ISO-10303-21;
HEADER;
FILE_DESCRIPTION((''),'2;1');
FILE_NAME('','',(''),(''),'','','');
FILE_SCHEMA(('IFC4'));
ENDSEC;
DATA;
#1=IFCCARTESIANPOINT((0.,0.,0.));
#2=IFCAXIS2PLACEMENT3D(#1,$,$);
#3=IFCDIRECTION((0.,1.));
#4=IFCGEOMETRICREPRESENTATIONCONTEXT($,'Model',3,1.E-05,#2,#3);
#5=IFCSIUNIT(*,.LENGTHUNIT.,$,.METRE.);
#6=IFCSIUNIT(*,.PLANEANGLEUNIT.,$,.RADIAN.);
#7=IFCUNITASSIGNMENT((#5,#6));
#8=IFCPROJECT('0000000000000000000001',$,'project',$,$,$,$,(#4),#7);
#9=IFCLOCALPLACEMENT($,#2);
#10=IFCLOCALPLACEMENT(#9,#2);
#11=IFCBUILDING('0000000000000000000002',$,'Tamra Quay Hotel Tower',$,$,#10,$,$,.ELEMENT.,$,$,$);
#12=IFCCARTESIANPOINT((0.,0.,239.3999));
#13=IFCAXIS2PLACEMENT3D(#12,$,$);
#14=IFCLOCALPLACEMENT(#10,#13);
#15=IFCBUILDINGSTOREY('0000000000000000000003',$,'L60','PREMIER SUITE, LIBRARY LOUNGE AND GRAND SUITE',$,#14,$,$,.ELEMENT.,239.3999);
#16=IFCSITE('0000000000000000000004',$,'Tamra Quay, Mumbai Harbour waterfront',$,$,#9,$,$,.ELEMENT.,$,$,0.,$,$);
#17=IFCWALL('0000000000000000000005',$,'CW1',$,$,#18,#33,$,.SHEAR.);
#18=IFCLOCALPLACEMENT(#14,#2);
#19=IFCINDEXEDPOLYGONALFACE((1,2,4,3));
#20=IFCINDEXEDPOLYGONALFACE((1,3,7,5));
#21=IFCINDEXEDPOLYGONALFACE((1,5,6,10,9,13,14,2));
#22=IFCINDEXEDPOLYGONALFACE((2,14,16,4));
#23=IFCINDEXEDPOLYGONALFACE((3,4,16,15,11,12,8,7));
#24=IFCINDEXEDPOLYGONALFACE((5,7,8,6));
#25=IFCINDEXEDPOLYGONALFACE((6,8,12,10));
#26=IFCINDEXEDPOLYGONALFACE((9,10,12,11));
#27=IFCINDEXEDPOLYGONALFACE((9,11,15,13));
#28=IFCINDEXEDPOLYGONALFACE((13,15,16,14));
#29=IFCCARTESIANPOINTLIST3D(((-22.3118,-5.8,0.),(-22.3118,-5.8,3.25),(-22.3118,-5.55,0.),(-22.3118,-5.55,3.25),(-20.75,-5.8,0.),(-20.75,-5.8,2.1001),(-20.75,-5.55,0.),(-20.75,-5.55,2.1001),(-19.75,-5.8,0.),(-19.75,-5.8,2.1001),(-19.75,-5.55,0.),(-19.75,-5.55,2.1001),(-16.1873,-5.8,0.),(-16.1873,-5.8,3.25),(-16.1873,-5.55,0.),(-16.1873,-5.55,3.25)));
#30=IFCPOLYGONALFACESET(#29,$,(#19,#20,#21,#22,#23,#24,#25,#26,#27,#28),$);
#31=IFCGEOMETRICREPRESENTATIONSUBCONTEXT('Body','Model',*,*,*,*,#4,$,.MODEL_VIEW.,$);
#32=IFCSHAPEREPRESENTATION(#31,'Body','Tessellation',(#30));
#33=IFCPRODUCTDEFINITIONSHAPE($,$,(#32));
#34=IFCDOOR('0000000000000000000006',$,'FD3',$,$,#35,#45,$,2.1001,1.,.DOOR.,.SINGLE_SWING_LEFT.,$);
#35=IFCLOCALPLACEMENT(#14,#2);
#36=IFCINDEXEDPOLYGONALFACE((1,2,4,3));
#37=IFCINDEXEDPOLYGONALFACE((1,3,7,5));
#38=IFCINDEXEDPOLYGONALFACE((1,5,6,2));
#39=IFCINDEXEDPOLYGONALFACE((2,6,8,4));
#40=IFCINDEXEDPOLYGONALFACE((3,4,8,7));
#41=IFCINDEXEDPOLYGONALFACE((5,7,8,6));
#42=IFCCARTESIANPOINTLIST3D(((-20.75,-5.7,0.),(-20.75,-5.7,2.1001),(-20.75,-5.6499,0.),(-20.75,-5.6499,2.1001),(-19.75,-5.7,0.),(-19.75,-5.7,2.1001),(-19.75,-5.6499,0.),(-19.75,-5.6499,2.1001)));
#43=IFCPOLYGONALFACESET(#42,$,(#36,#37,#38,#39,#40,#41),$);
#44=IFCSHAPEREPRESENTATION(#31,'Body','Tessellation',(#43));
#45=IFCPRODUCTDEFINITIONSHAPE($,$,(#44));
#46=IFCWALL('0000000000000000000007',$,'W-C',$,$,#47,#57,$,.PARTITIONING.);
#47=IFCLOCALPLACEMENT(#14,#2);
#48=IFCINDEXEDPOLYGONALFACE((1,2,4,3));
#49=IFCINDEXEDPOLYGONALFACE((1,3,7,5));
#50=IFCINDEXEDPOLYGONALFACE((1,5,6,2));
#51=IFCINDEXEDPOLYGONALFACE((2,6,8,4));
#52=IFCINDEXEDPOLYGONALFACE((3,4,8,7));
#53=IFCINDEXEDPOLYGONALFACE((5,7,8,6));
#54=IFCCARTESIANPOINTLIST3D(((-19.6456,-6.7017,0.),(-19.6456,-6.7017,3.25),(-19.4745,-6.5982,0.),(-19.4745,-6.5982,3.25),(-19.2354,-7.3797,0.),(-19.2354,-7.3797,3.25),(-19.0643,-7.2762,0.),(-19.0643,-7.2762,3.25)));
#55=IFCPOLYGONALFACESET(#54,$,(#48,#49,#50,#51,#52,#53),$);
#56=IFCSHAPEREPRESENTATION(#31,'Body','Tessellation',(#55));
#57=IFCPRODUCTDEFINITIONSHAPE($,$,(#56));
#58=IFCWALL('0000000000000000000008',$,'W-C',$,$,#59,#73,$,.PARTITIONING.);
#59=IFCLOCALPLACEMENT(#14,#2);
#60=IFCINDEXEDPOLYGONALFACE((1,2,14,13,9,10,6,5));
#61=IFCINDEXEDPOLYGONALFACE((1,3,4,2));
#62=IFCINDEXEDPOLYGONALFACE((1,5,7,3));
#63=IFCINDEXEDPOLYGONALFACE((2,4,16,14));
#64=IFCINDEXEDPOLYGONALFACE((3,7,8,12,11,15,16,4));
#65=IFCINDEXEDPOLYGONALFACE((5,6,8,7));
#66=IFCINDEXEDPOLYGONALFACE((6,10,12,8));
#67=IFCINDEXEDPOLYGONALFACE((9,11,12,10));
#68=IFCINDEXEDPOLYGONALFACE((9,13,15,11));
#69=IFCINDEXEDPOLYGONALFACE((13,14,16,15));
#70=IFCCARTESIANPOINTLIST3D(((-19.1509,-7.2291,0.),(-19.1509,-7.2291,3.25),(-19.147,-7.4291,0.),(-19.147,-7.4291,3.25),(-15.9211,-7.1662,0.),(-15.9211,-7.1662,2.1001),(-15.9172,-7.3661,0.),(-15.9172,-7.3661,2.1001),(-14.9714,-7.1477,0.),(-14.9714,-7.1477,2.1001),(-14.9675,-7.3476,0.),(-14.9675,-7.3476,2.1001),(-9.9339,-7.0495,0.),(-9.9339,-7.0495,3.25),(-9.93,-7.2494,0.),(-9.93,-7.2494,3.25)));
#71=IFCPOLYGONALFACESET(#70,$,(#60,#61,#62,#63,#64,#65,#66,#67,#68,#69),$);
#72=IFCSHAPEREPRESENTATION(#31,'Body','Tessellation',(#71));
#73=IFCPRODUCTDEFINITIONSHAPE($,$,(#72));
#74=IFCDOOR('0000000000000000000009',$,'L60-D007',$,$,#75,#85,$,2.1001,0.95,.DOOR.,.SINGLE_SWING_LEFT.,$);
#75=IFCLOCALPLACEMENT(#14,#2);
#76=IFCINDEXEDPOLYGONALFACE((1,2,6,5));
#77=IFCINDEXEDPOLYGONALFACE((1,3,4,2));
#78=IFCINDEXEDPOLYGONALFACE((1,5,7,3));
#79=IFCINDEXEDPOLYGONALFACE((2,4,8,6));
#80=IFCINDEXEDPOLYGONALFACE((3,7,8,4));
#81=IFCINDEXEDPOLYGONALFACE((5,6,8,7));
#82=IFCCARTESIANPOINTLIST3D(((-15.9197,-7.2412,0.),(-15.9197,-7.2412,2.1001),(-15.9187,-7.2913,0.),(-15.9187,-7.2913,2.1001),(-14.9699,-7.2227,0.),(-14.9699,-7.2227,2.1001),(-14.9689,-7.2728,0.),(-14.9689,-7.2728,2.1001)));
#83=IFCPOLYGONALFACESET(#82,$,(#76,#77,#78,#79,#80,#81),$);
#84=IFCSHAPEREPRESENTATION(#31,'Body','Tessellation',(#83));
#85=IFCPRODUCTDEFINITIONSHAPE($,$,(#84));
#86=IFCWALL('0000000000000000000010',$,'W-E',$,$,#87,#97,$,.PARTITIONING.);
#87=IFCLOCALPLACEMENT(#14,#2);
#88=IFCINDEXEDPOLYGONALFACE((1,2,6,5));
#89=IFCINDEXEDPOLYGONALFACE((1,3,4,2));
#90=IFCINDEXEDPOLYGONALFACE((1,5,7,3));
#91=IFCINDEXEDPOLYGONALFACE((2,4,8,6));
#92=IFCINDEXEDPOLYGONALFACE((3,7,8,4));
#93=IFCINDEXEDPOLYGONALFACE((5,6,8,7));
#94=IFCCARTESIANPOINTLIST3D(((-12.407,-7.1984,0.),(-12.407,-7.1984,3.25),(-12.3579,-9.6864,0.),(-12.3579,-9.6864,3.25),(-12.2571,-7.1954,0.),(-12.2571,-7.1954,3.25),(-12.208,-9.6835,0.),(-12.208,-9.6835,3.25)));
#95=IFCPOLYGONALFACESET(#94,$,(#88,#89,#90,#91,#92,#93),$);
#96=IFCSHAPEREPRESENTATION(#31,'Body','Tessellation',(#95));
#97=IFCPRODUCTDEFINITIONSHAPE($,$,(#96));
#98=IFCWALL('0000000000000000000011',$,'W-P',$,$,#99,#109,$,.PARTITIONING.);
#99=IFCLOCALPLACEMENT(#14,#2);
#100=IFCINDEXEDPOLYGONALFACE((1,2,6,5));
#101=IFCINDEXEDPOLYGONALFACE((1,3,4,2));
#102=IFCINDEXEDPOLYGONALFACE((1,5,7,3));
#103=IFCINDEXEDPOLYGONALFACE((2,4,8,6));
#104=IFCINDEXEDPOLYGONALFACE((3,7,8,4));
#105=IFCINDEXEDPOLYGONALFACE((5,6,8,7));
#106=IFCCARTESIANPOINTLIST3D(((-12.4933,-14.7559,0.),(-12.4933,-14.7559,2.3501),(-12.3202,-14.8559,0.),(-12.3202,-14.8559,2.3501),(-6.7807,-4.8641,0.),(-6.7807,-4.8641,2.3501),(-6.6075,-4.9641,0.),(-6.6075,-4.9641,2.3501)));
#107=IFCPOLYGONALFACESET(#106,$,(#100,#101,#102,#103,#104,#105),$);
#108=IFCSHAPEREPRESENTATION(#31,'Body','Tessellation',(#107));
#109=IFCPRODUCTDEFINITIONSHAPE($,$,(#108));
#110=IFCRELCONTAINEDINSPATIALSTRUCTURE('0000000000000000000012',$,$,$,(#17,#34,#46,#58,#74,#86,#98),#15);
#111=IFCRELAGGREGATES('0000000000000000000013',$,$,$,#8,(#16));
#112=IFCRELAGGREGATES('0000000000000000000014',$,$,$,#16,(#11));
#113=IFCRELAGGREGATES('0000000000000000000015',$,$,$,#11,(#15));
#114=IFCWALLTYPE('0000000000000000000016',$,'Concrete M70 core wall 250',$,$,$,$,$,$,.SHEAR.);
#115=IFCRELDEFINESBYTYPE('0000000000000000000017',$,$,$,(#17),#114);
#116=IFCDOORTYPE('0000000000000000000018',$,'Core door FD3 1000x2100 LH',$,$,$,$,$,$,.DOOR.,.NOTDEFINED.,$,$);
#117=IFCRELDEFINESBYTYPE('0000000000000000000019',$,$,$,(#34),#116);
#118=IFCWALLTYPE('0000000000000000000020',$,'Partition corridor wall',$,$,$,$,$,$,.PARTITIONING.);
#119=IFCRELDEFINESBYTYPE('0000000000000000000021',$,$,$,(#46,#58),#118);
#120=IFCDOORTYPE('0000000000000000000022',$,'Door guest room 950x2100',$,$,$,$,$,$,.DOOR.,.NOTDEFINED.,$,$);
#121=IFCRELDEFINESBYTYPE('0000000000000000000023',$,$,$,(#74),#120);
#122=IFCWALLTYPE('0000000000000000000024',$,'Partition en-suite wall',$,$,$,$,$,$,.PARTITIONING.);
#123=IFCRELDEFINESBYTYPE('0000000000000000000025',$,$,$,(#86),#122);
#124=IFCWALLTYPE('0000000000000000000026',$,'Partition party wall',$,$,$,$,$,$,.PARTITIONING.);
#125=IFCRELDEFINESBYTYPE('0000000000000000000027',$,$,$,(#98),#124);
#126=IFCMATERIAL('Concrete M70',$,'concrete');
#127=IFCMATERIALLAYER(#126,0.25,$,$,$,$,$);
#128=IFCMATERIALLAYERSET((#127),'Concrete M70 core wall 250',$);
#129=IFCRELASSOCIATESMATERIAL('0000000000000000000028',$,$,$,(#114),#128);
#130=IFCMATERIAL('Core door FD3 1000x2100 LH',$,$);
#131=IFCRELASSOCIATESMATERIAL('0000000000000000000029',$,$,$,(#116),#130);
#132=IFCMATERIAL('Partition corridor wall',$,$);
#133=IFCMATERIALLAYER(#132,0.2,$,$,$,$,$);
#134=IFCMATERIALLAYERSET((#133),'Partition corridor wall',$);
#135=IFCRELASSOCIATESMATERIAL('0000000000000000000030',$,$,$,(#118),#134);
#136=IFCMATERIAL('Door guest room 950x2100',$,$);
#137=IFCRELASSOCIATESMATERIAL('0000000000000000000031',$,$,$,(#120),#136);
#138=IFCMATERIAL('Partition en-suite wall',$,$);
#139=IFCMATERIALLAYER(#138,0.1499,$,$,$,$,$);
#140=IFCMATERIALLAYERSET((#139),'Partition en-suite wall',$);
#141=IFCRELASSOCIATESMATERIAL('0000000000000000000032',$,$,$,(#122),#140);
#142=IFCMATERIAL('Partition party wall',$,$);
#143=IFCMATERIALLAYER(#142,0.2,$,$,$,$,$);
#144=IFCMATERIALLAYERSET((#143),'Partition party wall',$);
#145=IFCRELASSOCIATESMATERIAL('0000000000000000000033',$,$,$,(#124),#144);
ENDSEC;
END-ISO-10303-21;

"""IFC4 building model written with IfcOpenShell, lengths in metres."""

from ifc_helpers import new_model, si_unit, direction, frame, frame_2d, origin, place, context, subcontext, project, spatial, rectangle, extrude, material, layer, layer_set, type_object, element, fill, save


model = new_model("IFC4")

# Units and contexts
model_context = context("Model", 3, precision=1e-05, world=origin(), true_north=direction((0.0, 1.0)))
body_context = subcontext(model_context, "Body", "Model", "MODEL_VIEW")
ifc_project = project(units=[si_unit("LENGTHUNIT", "METRE"), si_unit("PLANEANGLEUNIT", "RADIAN")], contexts=[model_context])

# Site, building, storey
site_placement = place(None, origin())
site = spatial("IfcSite", under=ifc_project, at=site_placement, Name="Tamra Quay, Mumbai Harbour waterfront", CompositionType="ELEMENT", RefElevation=0.0)
building_placement = place(site_placement, origin())
building = spatial("IfcBuilding", under=site, at=building_placement, Name="Tamra Quay Hotel Tower", CompositionType="ELEMENT")
storey_placement = place(building_placement, frame((0.0, 0.0, 239.3999)))
storey = spatial("IfcBuildingStorey", under=building, at=storey_placement, Name="L60", Description="PREMIER SUITE, LIBRARY LOUNGE AND GRAND SUITE", CompositionType="ELEMENT", Elevation=239.3999)

# Shared definitions
ifc_material_1 = material(Name="Concrete M70", Category="concrete")

# Wall, opening, door
ifc_layer_1 = layer(ifc_material_1, 0.25)
ifc_layer_set_1 = layer_set([ifc_layer_1], Name="Concrete M70 core wall 250")
wall_type_1 = type_object("IfcWallType", Name="Concrete M70 core wall 250", PredefinedType="SHEAR", material=ifc_layer_set_1)
wall_1_placement = place(storey_placement, frame((-16.1873, -5.675, 0.0), z_axis=(0.0, 0.0, 1.0), x_axis=(-1.0, 0.0, 0.0)))
wall_1 = element("IfcWall", 1, at=wall_1_placement, inside=storey, type_object=wall_type_1, Name="CW1", PredefinedType="SHEAR", context=body_context, shape_type="SweptSolid", body=[
    extrude(rectangle(XDim=6.1245, YDim=0.25, at=frame_2d((3.0623, 0.0))), origin(), (0.0, 0.0, 1.0), 3.25),
])
opening_1_placement = place(wall_1_placement, frame((3.5627, 0.0, 0.0)))
opening_1 = element("IfcOpeningElement", 2, at=opening_1_placement, cuts=wall_1, PredefinedType="OPENING", context=body_context, shape_type="SweptSolid", body=[
    extrude(rectangle(XDim=1.0, YDim=2.1001, at=frame_2d((0.5, 1.05))), frame((0.0, 0.135, 0.0), z_axis=(0.0, -1.0, 0.0), x_axis=(1.0, 0.0, 0.0)), (0.0, 0.0, 1.0), 0.27),
])
ifc_material_2 = material(Name="Core door FD3 1000x2100 LH")
door_type_1 = type_object("IfcDoorType", Name="Core door FD3 1000x2100 LH", OperationType="NOTDEFINED", PredefinedType="DOOR", material=ifc_material_2)
door_1_placement = place(opening_1_placement, origin())
door_1 = element("IfcDoor", 3, at=door_1_placement, inside=storey, type_object=door_type_1, Name="FD3", OperationType="SINGLE_SWING_LEFT", OverallHeight=2.1001, OverallWidth=1.0, PredefinedType="DOOR", context=body_context, shape_type="SweptSolid", body=[
    extrude(rectangle(XDim=1.0, YDim=2.1001, at=frame_2d((0.5, 1.05))), frame((0.0, 0.0249, 0.0), z_axis=(0.0, -1.0, 0.0), x_axis=(1.0, 0.0, 0.0)), (0.0, 0.0, 1.0), 0.05),
])
fill(opening_1, door_1)

# Wall
ifc_material_3 = material(Name="Partition corridor wall")
ifc_layer_2 = layer(ifc_material_3, 0.2)
ifc_layer_set_2 = layer_set([ifc_layer_2], Name="Partition corridor wall")
wall_type_2 = type_object("IfcWallType", Name="Partition corridor wall", PredefinedType="PARTITIONING", material=ifc_layer_set_2)
wall_2_placement = place(storey_placement, frame((-19.5601, -6.6499, 0.0), z_axis=(0.0, 0.0, 1.0), x_axis=(0.517619, -0.855611, 0.0)))
element("IfcWall", 4, at=wall_2_placement, inside=storey, type_object=wall_type_2, Name="W-C", PredefinedType="PARTITIONING", context=body_context, shape_type="SweptSolid", body=[
    extrude(rectangle(XDim=0.7925, YDim=0.2, at=frame_2d((0.3962, 0.0))), origin(), (0.0, 0.0, 1.0), 3.25),
])

# Wall, opening, door
wall_3_placement = place(storey_placement, frame((-19.1489, -7.3291, 0.0), z_axis=(0.0, 0.0, 1.0), x_axis=(0.99981, 0.019491, 0.0)))
wall_3 = element("IfcWall", 5, at=wall_3_placement, inside=storey, type_object=wall_type_2, Name="W-C", PredefinedType="PARTITIONING", context=body_context, shape_type="SweptSolid", body=[
    extrude(rectangle(XDim=9.2188, YDim=0.2, at=frame_2d((4.6094, 0.0))), origin(), (0.0, 0.0, 1.0), 3.25),
])
opening_2_placement = place(wall_3_placement, frame((3.2302, 0.0, 0.0)))
opening_2 = element("IfcOpeningElement", 6, at=opening_2_placement, cuts=wall_3, PredefinedType="OPENING", context=body_context, shape_type="SweptSolid", body=[
    extrude(rectangle(XDim=0.95, YDim=2.1001, at=frame_2d((0.4751, 1.05))), frame((0.0, 0.1099, 0.0), z_axis=(0.0, -1.0, 0.0), x_axis=(1.0, 0.0, 0.0)), (0.0, 0.0, 1.0), 0.22),
])
ifc_material_4 = material(Name="Door guest room 950x2100")
door_type_2 = type_object("IfcDoorType", Name="Door guest room 950x2100", OperationType="NOTDEFINED", PredefinedType="DOOR", material=ifc_material_4)
door_2_placement = place(opening_2_placement, origin())
door_2 = element("IfcDoor", 7, at=door_2_placement, inside=storey, type_object=door_type_2, Name="L60-D007", OperationType="SINGLE_SWING_LEFT", OverallHeight=2.1001, OverallWidth=0.95, PredefinedType="DOOR", context=body_context, shape_type="SweptSolid", body=[
    extrude(rectangle(XDim=0.95, YDim=2.1001, at=frame_2d((0.4751, 1.05))), frame((0.0, 0.0249, 0.0), z_axis=(0.0, -1.0, 0.0), x_axis=(1.0, 0.0, 0.0)), (0.0, 0.0, 1.0), 0.05),
])
fill(opening_2, door_2)

# Walls
ifc_material_5 = material(Name="Partition en-suite wall")
ifc_layer_3 = layer(ifc_material_5, 0.1499)
ifc_layer_set_3 = layer_set([ifc_layer_3], Name="Partition en-suite wall")
wall_type_3 = type_object("IfcWallType", Name="Partition en-suite wall", PredefinedType="PARTITIONING", material=ifc_layer_set_3)
wall_4_placement = place(storey_placement, frame((-12.332, -7.197, 0.0), z_axis=(0.0, 0.0, 1.0), x_axis=(0.019719, -0.999806, 0.0)))
element("IfcWall", 8, at=wall_4_placement, inside=storey, type_object=wall_type_3, Name="W-E", PredefinedType="PARTITIONING", context=body_context, shape_type="SweptSolid", body=[
    extrude(rectangle(XDim=2.4885, YDim=0.1499, at=frame_2d((1.2441, 0.0))), origin(), (0.0, 0.0, 1.0), 3.25),
])
ifc_material_6 = material(Name="Partition party wall")
ifc_layer_4 = layer(ifc_material_6, 0.2)
ifc_layer_set_4 = layer_set([ifc_layer_4], Name="Partition party wall")
wall_type_4 = type_object("IfcWallType", Name="Partition party wall", PredefinedType="PARTITIONING", material=ifc_layer_set_4)
wall_5_placement = place(storey_placement, frame((-12.4067, -14.8059, 0.0), z_axis=(0.0, 0.0, 1.0), x_axis=(0.500104, 0.865965, 0.0)))
element("IfcWall", 9, at=wall_5_placement, inside=storey, type_object=wall_type_4, Name="W-P", PredefinedType="PARTITIONING", context=body_context, shape_type="SweptSolid", body=[
    extrude(rectangle(XDim=11.4229, YDim=0.2, at=frame_2d((5.7114, 0.0))), origin(), (0.0, 0.0, 1.0), 2.3501),
])

save(model, "model.ifc")
